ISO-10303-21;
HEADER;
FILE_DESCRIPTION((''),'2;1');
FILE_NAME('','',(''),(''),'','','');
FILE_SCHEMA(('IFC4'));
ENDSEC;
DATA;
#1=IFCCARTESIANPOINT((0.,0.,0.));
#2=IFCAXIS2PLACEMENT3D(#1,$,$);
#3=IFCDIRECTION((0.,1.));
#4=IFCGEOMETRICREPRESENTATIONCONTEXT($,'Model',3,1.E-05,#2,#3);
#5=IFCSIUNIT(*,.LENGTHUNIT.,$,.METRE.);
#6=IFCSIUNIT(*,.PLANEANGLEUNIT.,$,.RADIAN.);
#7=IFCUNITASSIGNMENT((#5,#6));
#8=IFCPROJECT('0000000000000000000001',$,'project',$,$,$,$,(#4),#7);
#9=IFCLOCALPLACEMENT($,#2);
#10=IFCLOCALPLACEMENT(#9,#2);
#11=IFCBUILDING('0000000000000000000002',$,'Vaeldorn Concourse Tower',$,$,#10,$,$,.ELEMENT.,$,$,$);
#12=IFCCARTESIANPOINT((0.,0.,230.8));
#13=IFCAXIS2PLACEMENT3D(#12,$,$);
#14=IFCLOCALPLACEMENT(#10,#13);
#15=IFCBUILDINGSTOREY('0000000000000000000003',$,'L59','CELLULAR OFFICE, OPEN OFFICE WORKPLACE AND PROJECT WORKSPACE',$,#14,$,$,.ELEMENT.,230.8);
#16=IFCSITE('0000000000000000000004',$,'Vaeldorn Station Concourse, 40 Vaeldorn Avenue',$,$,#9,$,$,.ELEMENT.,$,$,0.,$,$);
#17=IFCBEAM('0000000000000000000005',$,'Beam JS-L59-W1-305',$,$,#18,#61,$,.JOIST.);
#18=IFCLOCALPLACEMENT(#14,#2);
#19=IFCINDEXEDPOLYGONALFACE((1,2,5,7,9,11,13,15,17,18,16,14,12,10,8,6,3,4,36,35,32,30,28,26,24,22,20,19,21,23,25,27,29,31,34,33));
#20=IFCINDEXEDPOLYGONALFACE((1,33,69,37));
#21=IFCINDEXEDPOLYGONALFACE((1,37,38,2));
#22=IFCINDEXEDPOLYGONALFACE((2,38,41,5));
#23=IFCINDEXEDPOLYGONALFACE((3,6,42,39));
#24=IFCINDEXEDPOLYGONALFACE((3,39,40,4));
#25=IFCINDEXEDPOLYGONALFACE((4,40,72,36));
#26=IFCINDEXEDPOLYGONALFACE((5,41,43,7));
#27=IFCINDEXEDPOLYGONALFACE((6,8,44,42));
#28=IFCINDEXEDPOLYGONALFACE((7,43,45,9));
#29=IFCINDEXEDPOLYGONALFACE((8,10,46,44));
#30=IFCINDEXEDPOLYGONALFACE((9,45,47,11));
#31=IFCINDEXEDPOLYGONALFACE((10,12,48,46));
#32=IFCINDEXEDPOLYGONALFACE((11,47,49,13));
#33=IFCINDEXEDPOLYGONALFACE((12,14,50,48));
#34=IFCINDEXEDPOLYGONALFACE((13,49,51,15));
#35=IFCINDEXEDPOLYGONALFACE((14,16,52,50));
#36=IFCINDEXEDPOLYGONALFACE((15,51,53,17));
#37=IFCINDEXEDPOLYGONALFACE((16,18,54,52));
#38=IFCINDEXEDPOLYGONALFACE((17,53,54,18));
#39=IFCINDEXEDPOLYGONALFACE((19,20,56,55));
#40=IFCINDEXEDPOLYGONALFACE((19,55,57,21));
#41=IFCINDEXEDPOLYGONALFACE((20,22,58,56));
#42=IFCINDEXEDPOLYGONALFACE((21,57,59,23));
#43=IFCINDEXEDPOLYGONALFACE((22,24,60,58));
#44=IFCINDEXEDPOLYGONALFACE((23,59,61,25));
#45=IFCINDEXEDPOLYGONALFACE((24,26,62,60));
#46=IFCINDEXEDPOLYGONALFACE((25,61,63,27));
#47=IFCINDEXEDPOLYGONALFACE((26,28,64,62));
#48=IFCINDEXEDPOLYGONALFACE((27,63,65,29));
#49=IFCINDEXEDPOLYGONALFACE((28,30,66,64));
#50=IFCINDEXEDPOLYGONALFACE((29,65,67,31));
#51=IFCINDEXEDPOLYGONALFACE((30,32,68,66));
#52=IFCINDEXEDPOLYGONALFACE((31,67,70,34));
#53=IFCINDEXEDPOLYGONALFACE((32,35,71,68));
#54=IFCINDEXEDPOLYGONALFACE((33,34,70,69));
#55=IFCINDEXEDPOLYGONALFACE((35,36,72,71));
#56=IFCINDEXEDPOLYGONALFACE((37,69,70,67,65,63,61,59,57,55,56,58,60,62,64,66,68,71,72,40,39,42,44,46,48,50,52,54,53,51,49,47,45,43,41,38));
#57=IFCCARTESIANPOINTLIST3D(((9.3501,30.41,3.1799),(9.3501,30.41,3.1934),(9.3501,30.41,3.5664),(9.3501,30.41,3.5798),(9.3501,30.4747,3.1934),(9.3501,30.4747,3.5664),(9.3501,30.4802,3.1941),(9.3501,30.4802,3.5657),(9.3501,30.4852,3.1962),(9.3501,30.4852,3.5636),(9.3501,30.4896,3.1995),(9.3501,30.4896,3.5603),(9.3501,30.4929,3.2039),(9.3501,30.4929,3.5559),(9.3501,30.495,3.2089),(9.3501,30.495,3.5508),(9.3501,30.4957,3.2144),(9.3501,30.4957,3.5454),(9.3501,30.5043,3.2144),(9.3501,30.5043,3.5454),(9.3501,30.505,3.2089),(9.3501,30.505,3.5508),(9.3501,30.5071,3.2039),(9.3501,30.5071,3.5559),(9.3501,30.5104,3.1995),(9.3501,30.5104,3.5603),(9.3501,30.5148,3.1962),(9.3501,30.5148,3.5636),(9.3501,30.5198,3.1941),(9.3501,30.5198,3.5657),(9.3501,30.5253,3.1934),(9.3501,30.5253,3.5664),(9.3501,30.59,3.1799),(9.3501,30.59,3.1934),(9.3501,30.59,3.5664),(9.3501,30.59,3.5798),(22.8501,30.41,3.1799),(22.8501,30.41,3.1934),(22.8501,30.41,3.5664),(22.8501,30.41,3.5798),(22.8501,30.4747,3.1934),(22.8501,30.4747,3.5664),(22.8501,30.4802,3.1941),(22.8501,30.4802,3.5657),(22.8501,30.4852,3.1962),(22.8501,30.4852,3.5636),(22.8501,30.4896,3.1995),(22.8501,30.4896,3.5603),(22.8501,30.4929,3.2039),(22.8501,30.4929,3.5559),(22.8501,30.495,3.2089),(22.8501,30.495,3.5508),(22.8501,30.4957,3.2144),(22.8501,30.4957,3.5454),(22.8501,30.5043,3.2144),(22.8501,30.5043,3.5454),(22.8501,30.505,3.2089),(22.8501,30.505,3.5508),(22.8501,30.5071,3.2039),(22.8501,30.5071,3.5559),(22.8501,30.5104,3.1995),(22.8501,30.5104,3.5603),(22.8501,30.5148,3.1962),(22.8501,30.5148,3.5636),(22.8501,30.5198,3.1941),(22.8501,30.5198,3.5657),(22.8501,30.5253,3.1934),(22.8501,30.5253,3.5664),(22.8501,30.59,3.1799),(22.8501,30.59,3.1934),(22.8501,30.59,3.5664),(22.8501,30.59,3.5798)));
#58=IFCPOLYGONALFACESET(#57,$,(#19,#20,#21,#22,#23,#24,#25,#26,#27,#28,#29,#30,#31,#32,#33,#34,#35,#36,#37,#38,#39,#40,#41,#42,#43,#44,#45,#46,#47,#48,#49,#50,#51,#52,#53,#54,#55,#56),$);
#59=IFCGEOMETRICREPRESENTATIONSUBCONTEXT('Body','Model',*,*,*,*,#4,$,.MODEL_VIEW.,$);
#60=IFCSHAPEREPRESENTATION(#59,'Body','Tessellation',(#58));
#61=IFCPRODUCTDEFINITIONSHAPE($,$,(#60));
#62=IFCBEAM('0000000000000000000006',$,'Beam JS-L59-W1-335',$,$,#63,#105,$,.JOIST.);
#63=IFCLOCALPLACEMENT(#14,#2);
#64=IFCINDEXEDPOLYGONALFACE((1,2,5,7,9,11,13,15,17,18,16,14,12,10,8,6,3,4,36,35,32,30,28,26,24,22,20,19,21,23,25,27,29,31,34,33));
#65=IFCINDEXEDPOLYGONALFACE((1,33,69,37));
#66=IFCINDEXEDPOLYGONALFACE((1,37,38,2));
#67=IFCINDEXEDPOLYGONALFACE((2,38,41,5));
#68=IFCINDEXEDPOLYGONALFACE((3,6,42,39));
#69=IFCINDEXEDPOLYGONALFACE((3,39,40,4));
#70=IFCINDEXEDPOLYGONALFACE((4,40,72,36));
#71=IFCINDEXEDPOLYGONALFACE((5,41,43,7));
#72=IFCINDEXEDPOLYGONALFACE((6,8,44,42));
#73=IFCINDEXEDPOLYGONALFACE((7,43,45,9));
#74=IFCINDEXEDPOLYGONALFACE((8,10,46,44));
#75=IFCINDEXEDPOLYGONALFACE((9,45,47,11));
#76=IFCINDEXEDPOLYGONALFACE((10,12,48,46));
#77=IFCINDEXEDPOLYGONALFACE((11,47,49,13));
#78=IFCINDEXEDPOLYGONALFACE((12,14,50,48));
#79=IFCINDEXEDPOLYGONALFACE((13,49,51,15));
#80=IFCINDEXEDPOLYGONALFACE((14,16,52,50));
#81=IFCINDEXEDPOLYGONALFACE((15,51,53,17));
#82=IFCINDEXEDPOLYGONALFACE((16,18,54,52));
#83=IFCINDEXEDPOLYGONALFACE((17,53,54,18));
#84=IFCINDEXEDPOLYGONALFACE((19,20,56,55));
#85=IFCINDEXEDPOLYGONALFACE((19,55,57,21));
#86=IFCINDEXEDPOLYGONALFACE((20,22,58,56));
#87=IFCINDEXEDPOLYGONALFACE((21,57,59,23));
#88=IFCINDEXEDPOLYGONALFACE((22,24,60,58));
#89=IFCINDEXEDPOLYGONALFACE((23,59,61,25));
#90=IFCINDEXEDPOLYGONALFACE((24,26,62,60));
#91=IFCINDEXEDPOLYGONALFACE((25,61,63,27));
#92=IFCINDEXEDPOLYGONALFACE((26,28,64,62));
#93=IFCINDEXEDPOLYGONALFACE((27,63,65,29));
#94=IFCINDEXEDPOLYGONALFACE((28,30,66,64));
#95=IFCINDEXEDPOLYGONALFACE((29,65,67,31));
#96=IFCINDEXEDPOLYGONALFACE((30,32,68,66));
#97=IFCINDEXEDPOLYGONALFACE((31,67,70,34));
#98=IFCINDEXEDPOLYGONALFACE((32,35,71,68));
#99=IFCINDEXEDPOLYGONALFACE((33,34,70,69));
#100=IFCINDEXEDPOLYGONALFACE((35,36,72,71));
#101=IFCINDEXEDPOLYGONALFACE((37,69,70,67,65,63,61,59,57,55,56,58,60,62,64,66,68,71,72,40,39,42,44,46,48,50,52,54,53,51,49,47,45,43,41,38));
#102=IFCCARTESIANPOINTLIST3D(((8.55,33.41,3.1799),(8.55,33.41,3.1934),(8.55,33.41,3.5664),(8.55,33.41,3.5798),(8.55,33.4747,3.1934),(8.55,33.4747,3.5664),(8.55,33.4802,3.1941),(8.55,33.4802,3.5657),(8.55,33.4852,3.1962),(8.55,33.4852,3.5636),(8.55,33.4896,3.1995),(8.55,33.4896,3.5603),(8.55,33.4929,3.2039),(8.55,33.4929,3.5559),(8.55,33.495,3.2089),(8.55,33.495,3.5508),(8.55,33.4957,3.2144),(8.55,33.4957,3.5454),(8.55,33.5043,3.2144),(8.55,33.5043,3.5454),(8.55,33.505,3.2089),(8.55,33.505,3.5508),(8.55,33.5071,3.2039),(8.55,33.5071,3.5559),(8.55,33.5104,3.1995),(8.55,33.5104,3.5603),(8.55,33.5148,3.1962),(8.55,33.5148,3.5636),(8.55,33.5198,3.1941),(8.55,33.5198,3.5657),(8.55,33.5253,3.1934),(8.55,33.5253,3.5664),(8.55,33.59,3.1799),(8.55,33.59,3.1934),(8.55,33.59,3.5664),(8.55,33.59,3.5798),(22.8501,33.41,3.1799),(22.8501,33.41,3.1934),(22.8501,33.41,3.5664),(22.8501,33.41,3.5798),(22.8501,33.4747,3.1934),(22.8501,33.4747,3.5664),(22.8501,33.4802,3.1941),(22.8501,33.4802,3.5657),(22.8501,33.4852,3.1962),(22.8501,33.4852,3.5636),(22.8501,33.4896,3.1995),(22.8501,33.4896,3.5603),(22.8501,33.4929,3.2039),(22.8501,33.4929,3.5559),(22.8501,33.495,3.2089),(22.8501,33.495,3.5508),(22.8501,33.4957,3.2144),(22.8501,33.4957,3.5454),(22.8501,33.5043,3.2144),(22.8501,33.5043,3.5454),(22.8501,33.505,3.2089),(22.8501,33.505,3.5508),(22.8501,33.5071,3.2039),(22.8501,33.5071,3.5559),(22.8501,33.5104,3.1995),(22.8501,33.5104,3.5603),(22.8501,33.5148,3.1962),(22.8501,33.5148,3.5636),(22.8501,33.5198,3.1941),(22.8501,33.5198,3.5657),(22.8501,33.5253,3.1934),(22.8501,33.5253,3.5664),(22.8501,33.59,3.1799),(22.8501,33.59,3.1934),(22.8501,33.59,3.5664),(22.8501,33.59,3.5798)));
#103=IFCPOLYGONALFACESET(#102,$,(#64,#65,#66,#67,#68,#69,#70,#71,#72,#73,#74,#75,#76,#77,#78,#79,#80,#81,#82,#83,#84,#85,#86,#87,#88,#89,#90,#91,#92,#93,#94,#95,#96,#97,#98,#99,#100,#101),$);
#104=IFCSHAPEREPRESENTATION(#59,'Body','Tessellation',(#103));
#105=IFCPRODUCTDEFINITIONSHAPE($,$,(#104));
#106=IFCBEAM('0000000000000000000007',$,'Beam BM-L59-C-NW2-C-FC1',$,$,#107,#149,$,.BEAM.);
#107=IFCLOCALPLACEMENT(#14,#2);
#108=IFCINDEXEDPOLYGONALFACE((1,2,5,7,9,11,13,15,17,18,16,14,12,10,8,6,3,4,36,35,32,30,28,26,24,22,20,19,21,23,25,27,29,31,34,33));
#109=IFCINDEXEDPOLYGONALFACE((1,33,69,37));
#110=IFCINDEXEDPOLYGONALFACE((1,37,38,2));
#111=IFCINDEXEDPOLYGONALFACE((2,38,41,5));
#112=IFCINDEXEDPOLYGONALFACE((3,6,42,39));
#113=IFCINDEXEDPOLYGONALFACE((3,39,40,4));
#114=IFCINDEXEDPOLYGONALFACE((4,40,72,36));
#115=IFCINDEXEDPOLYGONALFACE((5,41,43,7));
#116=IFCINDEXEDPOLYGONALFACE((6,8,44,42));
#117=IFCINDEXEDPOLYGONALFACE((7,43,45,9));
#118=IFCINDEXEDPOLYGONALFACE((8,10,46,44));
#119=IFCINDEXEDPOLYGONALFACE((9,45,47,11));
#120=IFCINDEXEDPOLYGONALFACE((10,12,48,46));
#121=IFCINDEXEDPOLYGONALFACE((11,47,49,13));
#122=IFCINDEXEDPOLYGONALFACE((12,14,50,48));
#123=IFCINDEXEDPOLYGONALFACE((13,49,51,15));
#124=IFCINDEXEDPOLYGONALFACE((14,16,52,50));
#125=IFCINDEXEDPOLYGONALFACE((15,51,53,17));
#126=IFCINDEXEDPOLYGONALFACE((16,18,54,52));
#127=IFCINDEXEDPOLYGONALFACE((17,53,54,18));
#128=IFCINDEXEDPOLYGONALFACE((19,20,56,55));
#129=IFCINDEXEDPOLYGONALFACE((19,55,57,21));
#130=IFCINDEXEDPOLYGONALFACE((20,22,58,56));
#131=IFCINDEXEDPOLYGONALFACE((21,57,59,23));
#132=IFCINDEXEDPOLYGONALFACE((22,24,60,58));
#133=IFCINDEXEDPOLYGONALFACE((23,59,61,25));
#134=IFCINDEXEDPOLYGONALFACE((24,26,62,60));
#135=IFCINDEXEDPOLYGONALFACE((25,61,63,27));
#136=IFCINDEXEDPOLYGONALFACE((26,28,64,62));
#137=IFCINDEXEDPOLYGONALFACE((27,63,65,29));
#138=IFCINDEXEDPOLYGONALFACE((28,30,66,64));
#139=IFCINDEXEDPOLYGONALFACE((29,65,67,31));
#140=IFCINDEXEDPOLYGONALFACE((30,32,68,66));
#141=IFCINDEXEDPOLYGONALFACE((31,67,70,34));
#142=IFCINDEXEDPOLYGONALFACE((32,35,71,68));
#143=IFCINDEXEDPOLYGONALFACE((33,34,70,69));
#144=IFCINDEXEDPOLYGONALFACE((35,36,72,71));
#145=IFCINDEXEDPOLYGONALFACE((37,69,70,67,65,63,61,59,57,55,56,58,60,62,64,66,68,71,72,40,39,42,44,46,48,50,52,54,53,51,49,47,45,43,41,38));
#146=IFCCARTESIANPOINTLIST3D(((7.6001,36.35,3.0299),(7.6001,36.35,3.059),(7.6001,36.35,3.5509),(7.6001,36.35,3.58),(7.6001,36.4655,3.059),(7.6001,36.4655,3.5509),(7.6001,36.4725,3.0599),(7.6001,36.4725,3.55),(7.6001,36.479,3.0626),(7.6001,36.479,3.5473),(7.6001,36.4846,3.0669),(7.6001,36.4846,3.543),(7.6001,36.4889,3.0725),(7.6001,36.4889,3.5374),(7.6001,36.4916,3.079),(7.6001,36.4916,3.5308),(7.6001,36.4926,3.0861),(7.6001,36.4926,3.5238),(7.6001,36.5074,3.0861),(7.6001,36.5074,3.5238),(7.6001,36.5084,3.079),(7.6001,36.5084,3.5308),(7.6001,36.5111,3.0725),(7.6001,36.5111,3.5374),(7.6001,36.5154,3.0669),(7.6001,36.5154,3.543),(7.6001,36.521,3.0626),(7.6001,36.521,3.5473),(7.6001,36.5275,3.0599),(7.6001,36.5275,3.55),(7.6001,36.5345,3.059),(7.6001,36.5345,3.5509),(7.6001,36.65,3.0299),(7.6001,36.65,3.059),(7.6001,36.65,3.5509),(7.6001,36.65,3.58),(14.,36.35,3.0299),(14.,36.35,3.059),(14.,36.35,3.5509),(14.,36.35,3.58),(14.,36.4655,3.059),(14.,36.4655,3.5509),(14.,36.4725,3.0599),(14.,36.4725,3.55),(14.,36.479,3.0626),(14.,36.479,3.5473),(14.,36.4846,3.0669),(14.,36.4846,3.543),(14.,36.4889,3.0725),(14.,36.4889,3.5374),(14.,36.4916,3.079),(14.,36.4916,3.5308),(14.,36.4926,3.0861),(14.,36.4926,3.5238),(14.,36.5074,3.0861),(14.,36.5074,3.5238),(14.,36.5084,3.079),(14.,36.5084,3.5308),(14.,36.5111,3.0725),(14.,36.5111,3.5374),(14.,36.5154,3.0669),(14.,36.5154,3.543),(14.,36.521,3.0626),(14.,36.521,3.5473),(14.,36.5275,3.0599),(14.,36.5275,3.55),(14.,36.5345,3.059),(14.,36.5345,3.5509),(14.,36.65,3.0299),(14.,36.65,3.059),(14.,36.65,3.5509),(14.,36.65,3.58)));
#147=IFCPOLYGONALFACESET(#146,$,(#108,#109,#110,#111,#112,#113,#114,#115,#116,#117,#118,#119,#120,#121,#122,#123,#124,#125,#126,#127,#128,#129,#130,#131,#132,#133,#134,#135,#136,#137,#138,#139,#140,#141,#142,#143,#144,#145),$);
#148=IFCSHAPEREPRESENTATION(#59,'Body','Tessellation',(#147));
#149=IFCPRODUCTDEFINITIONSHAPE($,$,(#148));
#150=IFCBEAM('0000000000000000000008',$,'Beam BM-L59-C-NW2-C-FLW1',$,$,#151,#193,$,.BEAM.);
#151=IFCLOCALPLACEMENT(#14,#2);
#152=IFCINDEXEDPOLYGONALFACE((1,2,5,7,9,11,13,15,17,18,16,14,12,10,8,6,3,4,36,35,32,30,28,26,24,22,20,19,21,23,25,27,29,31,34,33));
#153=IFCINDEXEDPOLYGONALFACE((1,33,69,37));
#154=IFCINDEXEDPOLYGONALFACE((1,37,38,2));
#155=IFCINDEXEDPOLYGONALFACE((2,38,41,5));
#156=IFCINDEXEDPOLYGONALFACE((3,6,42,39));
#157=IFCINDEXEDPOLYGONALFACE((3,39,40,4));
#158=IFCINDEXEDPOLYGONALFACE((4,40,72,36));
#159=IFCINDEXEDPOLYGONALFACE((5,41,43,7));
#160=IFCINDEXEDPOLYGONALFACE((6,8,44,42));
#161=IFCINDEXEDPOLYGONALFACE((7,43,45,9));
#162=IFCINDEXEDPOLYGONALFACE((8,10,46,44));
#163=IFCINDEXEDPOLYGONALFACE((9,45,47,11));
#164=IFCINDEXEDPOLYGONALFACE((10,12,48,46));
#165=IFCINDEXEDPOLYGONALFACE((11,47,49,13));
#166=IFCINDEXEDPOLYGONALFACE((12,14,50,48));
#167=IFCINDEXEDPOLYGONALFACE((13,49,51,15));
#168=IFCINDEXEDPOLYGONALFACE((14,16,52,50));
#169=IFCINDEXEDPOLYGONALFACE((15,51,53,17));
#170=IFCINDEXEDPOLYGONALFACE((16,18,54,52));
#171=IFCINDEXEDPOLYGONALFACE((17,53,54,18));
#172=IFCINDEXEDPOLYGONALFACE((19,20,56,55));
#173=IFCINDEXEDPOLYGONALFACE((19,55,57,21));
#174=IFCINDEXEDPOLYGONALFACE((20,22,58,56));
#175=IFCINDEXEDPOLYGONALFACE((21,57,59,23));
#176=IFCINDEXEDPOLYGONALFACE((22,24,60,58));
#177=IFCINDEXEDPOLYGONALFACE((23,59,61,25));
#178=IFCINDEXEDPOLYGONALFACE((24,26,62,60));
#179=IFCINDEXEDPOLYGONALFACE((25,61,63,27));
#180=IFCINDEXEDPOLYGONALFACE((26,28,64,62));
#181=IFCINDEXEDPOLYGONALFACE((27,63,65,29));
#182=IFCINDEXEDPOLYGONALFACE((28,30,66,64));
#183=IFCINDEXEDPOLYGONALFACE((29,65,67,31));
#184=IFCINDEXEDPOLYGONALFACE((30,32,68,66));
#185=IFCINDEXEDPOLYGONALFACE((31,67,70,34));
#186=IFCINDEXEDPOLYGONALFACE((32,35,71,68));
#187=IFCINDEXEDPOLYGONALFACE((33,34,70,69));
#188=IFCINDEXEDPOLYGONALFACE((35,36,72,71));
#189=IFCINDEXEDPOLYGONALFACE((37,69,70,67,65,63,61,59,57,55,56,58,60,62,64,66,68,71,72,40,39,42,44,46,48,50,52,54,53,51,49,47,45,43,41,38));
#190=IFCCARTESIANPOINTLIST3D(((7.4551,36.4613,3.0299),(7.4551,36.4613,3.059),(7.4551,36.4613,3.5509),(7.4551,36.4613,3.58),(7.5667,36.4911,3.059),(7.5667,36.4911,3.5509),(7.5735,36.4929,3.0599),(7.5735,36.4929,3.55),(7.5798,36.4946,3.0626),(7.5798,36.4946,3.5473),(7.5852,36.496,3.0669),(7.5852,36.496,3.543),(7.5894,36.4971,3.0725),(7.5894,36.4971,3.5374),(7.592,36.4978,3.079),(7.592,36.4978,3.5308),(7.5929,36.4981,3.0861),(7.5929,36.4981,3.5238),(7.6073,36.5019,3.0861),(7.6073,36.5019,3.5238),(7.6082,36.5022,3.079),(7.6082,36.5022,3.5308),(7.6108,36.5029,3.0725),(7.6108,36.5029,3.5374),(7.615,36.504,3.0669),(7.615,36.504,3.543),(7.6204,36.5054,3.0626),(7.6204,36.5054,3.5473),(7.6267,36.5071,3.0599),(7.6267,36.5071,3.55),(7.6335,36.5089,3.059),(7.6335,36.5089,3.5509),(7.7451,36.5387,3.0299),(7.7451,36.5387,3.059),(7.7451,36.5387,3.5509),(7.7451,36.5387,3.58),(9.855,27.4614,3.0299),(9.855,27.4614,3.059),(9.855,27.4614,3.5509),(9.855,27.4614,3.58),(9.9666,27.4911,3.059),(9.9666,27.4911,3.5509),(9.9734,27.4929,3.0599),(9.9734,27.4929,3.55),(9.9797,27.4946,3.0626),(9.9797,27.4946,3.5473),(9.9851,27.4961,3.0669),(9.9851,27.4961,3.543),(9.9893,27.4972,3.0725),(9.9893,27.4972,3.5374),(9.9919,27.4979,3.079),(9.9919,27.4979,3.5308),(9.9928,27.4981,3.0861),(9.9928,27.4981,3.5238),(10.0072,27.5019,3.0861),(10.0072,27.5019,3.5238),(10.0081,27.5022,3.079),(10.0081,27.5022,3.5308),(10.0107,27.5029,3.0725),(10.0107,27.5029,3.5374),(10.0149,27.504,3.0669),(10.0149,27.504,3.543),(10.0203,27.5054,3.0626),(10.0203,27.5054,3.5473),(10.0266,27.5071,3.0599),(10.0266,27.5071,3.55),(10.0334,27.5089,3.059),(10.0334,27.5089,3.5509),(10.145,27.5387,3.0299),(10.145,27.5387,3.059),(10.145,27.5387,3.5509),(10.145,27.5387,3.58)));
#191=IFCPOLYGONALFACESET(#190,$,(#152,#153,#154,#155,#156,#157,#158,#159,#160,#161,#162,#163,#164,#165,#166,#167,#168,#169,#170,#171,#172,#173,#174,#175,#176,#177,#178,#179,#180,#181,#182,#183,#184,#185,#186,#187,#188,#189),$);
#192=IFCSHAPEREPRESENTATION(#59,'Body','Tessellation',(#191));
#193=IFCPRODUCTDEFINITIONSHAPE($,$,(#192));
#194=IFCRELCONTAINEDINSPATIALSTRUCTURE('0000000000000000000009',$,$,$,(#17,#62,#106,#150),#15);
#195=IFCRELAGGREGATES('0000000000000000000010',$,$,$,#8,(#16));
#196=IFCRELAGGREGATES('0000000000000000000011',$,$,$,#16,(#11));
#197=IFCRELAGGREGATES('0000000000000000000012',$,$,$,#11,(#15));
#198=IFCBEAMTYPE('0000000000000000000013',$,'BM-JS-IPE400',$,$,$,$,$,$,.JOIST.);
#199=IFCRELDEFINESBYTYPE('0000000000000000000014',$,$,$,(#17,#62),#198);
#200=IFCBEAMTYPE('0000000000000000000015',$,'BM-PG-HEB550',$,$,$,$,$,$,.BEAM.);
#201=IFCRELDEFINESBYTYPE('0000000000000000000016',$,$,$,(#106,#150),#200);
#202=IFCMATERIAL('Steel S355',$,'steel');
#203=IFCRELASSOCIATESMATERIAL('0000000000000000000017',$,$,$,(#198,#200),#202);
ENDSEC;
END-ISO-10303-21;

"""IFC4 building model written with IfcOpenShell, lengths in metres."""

from ifc_helpers import new_model, si_unit, direction, frame, origin, origin_2d, place, context, subcontext, project, spatial, i_section, extrude, source, transform, mapped, material, material_profile, profile_set, type_object, element, save


model = new_model("IFC4")

# Units and contexts
model_context = context("Model", 3, precision=1e-05, world=origin(), true_north=direction((0.0, 1.0)))
body_context = subcontext(model_context, "Body", "Model", "MODEL_VIEW")
ifc_project = project(units=[si_unit("LENGTHUNIT", "METRE"), si_unit("PLANEANGLEUNIT", "RADIAN")], contexts=[model_context])

# Site, building, storey
site_placement = place(None, origin())
site = spatial("IfcSite", under=ifc_project, at=site_placement, Name="Vaeldorn Station Concourse, 40 Vaeldorn Avenue", CompositionType="ELEMENT", RefElevation=0.0)
building_placement = place(site_placement, origin())
building = spatial("IfcBuilding", under=site, at=building_placement, Name="Vaeldorn Concourse Tower", CompositionType="ELEMENT")
storey_placement = place(building_placement, frame((0.0, 0.0, 230.8)))
storey = spatial("IfcBuildingStorey", under=building, at=storey_placement, Name="L59", Description="CELLULAR OFFICE, OPEN OFFICE WORKPLACE AND PROJECT WORKSPACE", CompositionType="ELEMENT", Elevation=230.8)

# Shared definitions
ifc_material_1 = material(Name="Steel S355", Category="steel")

# Beams
ifc_material_profile_1 = material_profile(ifc_material_1, i_section(OverallWidth=0.1799, OverallDepth=0.3999, WebThickness=0.0085, FlangeThickness=0.0134, FilletRadius=0.021, at=origin_2d()), Name="IPE 400")
ifc_profile_set_1 = profile_set([ifc_material_profile_1], Name="Steel S355")
beam_type_1 = type_object("IfcBeamType", Name="BM-JS-IPE400", PredefinedType="JOIST", material=ifc_profile_set_1)
shared_shape_1 = source(origin(), body_context, "Body", "SweptSolid", [
    extrude(i_section(OverallWidth=0.1799, OverallDepth=0.3999, WebThickness=0.0085, FlangeThickness=0.0134, FilletRadius=0.021, at=origin_2d()), origin(), (0.0, 0.0, 1.0), 13.5),
])
beam_1_placement = place(storey_placement, frame((9.3501, 30.5, 3.3799), z_axis=(1.0, 0.0, 0.0), x_axis=(0.0, 1.0, 0.0)))
element("IfcBeam", 1, at=beam_1_placement, inside=storey, type_object=beam_type_1, Name="Beam JS-L59-W1-305", PredefinedType="JOIST", context=body_context, shape_type="MappedRepresentation", body=[
    mapped(shared_shape_1, transform((0.0, 0.0, 0.0), scale=1.0)),
])
shared_shape_2 = source(origin(), body_context, "Body", "SweptSolid", [
    extrude(i_section(OverallWidth=0.1799, OverallDepth=0.3999, WebThickness=0.0085, FlangeThickness=0.0134, FilletRadius=0.021, at=origin_2d()), origin(), (0.0, 0.0, 1.0), 14.3),
])
beam_2_placement = place(storey_placement, frame((8.55, 33.5, 3.3799), z_axis=(1.0, 0.0, 0.0), x_axis=(0.0, 1.0, 0.0)))
element("IfcBeam", 2, at=beam_2_placement, inside=storey, type_object=beam_type_1, Name="Beam JS-L59-W1-335", PredefinedType="JOIST", context=body_context, shape_type="MappedRepresentation", body=[
    mapped(shared_shape_2, transform((0.0, 0.0, 0.0), scale=1.0)),
])
ifc_material_profile_2 = material_profile(ifc_material_1, i_section(OverallWidth=0.3, OverallDepth=0.55, WebThickness=0.0149, FlangeThickness=0.0291, FilletRadius=0.0271, at=origin_2d()), Name="HEB 550")
ifc_profile_set_2 = profile_set([ifc_material_profile_2], Name="Steel S355")
beam_type_2 = type_object("IfcBeamType", Name="BM-PG-HEB550", PredefinedType="BEAM", material=ifc_profile_set_2)
shared_shape_3 = source(origin(), body_context, "Body", "SweptSolid", [
    extrude(i_section(OverallWidth=0.3, OverallDepth=0.55, WebThickness=0.0149, FlangeThickness=0.0291, FilletRadius=0.0271, at=origin_2d()), origin(), (0.0, 0.0, 1.0), 6.3999),
])
beam_3_placement = place(storey_placement, frame((7.6001, 36.5, 3.3049), z_axis=(1.0, 0.0, 0.0), x_axis=(0.0, 1.0, 0.0)))
element("IfcBeam", 3, at=beam_3_placement, inside=storey, type_object=beam_type_2, Name="Beam BM-L59-C-NW2-C-FC1", PredefinedType="BEAM", context=body_context, shape_type="MappedRepresentation", body=[
    mapped(shared_shape_3, transform((0.0, 0.0, 0.0), scale=1.0)),
])
shared_shape_4 = source(origin(), body_context, "Body", "SweptSolid", [
    extrude(i_section(OverallWidth=0.3, OverallDepth=0.55, WebThickness=0.0149, FlangeThickness=0.0291, FilletRadius=0.0271, at=origin_2d()), origin(), (0.0, 0.0, 1.0), 9.3145),
])
beam_4_placement = place(storey_placement, frame((7.6001, 36.5, 3.3049), z_axis=(0.257653, -0.966238, 0.0), x_axis=(0.966238, 0.257653, 0.0)))
element("IfcBeam", 4, at=beam_4_placement, inside=storey, type_object=beam_type_2, Name="Beam BM-L59-C-NW2-C-FLW1", PredefinedType="BEAM", context=body_context, shape_type="MappedRepresentation", body=[
    mapped(shared_shape_4, transform((0.0, 0.0, 0.0), scale=1.0)),
])

save(model, "model.ifc")
